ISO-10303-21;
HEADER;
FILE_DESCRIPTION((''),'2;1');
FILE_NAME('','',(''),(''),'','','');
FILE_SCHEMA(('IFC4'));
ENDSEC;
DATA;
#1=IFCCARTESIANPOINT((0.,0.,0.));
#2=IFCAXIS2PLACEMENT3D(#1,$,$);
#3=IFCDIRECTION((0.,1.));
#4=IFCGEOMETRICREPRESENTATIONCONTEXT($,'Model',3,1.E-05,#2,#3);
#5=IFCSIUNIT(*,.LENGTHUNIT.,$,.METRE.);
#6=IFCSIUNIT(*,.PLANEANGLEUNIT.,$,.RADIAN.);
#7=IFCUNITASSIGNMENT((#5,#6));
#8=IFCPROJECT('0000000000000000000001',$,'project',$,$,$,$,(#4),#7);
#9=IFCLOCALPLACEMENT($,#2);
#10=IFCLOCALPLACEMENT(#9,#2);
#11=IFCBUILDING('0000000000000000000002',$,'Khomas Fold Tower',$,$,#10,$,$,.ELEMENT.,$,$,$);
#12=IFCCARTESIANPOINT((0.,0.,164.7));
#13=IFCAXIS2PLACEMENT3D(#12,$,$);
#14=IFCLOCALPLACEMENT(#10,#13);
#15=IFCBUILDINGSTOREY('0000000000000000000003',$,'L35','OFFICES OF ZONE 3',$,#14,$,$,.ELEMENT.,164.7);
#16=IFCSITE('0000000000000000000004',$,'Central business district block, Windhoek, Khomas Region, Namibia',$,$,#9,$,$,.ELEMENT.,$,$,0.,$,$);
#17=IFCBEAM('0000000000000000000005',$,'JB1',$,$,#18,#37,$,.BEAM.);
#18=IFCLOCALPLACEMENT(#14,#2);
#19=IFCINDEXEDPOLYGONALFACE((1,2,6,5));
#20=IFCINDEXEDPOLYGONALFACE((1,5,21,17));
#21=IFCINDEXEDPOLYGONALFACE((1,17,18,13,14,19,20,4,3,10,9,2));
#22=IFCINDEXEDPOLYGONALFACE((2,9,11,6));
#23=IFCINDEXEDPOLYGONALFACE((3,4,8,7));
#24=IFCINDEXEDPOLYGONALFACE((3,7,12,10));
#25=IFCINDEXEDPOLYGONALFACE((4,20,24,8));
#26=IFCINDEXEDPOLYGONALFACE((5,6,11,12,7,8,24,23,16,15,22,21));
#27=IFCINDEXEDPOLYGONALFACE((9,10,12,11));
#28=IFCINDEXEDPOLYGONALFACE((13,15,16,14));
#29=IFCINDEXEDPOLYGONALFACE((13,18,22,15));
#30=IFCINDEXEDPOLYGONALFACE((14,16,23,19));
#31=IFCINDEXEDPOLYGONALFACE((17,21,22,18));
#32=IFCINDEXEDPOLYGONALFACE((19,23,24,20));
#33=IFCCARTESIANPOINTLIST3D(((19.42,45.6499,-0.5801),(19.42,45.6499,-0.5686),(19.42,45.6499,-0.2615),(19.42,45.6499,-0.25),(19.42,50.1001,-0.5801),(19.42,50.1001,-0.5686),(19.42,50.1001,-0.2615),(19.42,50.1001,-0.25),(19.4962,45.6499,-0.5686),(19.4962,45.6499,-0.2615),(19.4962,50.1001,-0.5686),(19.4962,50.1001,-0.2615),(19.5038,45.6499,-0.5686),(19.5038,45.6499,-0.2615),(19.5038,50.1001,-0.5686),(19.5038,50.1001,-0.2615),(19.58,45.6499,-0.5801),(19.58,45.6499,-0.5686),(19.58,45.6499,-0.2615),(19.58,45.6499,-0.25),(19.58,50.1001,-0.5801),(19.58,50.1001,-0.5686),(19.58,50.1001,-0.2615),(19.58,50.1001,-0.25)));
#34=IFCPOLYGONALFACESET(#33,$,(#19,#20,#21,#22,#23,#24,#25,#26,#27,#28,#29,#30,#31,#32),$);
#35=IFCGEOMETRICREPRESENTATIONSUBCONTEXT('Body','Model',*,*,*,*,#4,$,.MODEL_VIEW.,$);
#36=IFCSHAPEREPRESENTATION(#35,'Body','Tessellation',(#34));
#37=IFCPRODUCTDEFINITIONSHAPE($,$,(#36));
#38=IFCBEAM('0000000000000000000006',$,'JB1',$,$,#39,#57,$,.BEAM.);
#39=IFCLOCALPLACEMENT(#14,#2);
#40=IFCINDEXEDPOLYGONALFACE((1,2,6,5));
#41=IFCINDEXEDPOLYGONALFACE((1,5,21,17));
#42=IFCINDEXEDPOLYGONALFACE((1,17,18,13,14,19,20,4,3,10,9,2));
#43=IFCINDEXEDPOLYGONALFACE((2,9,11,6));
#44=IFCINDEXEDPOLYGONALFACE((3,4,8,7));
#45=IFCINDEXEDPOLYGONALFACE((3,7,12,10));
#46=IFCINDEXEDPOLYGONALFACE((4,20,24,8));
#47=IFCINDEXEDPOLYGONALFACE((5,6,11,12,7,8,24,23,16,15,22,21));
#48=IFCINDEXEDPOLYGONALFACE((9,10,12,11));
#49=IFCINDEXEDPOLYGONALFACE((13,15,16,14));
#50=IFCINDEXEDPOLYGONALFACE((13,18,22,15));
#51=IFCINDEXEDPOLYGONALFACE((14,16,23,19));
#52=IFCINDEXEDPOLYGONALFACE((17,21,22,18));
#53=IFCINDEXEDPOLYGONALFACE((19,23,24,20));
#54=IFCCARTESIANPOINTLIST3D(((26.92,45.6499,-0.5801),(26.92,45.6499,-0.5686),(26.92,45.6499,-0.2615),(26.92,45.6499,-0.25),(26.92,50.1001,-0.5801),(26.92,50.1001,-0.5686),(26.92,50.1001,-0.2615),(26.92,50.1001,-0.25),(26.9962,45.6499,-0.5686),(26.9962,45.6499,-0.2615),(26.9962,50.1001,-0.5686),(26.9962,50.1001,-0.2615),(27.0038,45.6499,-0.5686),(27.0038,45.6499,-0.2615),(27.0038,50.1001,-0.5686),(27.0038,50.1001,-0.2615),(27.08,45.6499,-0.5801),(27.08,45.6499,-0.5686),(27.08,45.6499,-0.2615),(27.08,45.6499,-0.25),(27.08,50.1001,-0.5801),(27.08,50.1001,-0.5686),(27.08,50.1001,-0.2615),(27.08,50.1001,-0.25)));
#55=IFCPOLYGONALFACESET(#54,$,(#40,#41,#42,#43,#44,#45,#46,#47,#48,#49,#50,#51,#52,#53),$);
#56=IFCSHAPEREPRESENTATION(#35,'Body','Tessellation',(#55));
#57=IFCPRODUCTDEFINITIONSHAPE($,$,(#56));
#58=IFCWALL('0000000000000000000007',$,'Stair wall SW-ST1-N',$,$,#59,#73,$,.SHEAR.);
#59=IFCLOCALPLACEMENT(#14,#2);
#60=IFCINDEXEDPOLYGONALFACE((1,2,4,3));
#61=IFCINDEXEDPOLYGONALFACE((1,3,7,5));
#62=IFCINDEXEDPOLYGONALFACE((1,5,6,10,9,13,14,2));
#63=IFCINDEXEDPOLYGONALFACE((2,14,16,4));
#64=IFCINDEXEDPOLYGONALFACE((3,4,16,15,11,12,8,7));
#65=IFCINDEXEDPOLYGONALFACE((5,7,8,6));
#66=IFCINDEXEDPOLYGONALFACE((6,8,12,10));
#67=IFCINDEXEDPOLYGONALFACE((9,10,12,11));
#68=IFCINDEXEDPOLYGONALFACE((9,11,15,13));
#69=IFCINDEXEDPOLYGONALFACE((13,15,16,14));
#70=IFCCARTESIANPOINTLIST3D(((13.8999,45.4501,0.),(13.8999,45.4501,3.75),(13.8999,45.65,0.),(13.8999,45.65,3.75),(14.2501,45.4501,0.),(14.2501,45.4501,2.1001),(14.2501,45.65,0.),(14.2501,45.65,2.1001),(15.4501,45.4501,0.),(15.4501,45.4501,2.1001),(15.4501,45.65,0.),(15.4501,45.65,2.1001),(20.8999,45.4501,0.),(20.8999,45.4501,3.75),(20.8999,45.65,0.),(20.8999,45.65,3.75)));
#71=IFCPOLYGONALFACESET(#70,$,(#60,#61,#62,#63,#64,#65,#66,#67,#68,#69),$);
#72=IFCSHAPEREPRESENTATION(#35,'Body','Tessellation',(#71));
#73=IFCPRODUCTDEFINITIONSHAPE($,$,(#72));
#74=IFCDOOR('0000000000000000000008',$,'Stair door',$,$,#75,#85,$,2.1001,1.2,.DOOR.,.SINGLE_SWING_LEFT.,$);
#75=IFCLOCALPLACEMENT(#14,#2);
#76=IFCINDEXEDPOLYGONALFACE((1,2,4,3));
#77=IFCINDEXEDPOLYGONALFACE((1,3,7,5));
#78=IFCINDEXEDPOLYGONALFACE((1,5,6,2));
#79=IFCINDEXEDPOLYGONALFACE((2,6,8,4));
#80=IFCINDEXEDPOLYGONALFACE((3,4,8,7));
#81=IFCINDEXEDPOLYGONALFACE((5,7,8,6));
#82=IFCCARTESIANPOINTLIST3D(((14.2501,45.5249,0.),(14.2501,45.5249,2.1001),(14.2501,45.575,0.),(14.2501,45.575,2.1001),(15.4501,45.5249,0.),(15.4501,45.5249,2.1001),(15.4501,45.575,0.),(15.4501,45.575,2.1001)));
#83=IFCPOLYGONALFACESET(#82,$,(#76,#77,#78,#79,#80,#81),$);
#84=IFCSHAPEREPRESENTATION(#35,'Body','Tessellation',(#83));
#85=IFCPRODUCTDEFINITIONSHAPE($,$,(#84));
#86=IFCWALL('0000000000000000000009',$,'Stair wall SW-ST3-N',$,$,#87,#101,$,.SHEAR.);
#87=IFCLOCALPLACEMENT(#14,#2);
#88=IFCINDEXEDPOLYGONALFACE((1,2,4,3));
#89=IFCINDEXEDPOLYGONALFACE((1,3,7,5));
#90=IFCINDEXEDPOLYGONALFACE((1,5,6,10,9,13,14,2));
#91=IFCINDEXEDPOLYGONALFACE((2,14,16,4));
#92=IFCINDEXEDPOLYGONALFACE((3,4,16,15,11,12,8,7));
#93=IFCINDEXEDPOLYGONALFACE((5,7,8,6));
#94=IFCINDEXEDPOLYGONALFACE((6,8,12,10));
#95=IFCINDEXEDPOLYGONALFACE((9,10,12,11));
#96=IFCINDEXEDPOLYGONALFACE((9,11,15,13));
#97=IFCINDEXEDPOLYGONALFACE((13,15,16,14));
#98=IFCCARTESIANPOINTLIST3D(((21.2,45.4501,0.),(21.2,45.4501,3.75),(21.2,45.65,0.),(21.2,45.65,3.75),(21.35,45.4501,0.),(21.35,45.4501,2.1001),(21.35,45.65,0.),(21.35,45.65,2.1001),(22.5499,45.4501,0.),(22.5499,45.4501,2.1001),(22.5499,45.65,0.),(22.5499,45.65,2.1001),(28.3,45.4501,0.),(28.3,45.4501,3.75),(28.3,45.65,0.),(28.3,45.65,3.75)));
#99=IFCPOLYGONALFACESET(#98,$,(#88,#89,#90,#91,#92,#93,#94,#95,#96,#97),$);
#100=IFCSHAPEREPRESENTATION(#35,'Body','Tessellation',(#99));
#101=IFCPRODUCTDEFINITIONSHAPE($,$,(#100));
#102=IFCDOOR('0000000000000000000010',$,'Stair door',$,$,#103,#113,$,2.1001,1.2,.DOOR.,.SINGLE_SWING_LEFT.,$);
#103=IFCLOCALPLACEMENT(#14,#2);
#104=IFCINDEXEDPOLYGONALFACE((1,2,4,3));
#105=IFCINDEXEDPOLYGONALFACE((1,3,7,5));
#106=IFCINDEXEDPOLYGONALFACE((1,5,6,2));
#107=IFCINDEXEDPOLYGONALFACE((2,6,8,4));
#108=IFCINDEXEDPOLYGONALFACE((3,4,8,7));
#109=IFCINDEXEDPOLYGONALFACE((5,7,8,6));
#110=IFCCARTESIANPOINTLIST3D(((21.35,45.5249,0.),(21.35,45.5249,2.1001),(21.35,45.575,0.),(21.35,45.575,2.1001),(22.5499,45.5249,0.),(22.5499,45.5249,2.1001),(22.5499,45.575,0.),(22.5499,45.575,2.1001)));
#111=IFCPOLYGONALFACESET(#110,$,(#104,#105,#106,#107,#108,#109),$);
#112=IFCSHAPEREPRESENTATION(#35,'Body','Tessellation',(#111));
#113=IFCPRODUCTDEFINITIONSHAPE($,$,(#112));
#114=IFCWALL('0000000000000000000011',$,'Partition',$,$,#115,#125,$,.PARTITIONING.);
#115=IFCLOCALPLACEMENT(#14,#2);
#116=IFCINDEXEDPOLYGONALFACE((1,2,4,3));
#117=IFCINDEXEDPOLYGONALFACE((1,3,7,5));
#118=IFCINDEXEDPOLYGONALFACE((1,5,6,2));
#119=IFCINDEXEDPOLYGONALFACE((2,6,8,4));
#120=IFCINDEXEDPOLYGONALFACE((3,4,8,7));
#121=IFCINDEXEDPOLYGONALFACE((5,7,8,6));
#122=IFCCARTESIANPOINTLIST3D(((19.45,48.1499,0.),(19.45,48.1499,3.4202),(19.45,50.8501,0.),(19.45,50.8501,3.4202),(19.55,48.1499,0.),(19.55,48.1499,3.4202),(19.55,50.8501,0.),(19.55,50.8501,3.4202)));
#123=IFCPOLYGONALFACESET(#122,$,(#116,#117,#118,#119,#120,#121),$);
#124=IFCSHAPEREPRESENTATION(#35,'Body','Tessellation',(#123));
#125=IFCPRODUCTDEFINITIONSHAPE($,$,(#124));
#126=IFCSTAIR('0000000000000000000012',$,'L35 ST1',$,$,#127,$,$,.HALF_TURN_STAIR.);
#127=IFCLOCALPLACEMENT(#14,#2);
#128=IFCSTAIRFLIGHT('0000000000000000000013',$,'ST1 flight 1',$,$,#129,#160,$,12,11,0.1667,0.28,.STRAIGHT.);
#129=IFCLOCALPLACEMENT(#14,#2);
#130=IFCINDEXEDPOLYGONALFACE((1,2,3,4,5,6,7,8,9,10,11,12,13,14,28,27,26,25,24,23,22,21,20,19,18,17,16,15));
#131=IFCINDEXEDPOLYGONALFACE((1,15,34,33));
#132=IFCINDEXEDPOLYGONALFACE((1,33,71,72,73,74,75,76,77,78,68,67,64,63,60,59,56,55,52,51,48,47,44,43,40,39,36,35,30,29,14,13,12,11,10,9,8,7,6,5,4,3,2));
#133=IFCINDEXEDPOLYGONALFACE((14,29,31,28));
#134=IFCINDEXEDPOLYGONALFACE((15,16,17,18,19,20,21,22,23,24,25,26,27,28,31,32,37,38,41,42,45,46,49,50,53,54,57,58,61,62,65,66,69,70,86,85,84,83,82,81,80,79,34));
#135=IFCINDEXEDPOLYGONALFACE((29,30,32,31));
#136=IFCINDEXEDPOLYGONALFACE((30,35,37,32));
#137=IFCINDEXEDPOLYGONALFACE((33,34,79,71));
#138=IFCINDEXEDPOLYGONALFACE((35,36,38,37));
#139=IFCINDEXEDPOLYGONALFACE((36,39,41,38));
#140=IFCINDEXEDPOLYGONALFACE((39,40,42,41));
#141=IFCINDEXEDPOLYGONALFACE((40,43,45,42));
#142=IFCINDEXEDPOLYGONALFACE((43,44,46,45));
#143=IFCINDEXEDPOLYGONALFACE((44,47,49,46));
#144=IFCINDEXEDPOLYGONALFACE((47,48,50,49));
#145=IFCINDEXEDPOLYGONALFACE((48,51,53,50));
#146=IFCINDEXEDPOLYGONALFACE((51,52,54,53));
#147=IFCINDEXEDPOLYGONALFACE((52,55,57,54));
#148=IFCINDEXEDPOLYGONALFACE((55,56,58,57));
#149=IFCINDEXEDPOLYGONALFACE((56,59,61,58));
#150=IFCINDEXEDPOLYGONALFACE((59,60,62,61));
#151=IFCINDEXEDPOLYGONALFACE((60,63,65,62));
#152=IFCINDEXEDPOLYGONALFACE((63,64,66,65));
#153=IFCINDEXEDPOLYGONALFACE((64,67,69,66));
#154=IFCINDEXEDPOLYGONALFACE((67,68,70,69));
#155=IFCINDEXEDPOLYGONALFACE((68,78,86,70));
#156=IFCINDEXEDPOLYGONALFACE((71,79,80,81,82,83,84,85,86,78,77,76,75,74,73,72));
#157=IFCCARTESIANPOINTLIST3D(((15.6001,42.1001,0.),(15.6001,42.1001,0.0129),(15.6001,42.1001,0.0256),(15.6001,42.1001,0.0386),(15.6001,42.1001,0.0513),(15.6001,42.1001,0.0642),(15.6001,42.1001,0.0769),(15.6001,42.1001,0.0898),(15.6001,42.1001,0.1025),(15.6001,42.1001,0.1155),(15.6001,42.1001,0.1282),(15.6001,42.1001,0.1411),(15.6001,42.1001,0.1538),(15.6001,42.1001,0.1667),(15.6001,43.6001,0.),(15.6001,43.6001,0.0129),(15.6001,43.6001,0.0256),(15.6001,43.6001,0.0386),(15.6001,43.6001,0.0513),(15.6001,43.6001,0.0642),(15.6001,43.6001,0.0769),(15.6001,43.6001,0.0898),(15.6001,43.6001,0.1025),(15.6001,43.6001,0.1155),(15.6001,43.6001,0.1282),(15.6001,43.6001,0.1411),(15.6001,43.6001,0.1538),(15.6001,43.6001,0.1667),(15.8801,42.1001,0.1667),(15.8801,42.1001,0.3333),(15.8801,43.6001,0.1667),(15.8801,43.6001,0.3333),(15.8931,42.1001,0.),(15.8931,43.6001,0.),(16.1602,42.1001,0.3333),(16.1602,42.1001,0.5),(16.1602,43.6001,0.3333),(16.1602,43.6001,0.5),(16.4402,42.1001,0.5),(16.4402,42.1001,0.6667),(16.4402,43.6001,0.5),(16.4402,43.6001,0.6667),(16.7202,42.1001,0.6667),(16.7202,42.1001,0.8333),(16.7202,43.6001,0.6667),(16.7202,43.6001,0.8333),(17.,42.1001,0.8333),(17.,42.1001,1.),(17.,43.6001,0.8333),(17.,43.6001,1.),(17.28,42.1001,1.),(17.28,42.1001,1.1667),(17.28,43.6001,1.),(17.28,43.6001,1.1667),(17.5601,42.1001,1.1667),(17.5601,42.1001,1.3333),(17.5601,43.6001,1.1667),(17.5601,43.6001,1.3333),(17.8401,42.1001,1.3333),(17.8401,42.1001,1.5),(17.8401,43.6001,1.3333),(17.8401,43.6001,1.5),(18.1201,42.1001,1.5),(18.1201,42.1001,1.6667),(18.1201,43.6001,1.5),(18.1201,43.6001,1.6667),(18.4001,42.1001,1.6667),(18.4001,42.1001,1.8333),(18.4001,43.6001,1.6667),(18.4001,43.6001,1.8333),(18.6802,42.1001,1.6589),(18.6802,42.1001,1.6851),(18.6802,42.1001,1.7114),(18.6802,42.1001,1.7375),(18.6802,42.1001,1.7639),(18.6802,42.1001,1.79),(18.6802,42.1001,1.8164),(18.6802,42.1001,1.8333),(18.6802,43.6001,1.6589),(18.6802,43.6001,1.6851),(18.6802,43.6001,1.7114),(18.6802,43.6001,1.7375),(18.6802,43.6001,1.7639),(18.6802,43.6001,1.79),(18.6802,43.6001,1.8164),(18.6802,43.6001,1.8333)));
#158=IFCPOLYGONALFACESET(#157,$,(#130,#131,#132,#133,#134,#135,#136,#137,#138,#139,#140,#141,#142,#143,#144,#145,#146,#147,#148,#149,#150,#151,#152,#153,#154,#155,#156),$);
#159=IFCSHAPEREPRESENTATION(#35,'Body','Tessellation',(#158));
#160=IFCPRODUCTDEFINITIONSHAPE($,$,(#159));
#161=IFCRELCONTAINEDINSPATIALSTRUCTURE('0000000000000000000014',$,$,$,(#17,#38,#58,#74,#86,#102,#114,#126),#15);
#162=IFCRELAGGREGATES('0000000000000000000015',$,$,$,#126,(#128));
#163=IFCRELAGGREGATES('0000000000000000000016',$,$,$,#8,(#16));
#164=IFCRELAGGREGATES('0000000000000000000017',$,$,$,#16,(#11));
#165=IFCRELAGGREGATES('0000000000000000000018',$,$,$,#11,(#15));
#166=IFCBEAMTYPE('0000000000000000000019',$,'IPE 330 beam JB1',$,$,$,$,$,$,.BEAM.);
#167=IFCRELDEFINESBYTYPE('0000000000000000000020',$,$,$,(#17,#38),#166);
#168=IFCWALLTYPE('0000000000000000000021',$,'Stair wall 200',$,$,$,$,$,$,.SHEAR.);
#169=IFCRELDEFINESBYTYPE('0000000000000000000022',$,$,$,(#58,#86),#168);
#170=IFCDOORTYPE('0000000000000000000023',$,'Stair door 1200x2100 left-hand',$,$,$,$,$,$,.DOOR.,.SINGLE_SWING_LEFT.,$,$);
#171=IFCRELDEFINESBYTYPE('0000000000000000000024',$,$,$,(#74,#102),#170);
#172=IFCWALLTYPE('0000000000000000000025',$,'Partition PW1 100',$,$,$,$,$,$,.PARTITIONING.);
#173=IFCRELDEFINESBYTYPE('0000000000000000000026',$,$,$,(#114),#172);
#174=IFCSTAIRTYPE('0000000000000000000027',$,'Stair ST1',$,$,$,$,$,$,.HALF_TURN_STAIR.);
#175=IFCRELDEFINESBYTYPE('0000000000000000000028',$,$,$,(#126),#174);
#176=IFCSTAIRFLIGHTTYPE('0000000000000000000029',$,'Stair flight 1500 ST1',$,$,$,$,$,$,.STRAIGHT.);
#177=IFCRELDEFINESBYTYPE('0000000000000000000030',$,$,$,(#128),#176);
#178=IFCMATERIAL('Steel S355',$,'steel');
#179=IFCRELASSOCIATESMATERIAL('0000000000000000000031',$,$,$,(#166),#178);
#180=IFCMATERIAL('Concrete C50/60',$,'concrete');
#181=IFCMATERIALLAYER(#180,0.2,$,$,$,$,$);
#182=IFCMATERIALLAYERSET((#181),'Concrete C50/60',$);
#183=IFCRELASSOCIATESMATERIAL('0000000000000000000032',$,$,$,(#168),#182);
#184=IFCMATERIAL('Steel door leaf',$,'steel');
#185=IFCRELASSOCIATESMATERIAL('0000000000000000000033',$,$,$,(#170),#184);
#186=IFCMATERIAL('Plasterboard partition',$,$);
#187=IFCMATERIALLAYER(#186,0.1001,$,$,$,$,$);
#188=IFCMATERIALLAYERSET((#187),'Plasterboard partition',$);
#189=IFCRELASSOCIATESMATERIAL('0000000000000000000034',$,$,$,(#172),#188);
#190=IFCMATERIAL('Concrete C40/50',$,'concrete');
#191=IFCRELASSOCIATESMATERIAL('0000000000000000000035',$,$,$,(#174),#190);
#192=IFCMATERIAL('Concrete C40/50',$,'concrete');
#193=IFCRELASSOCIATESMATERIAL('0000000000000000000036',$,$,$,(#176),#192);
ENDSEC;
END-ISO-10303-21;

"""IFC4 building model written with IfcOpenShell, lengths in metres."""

from ifc_helpers import new_model, si_unit, direction, frame, frame_2d, origin, origin_2d, place, context, subcontext, project, spatial, polyline, rectangle, i_section, outline, extrude, source, transform, mapped, material, layer, layer_set, material_profile, profile_set, type_object, element, fill, aggregate, save


model = new_model("IFC4")

# Units and contexts
model_context = context("Model", 3, precision=1e-05, world=origin(), true_north=direction((0.0, 1.0)))
body_context = subcontext(model_context, "Body", "Model", "MODEL_VIEW")
ifc_project = project(units=[si_unit("LENGTHUNIT", "METRE"), si_unit("PLANEANGLEUNIT", "RADIAN")], contexts=[model_context])

# Site, building, storey
site_placement = place(None, origin())
site = spatial("IfcSite", under=ifc_project, at=site_placement, Name="Central business district block, Windhoek, Khomas Region, Namibia", CompositionType="ELEMENT", RefElevation=0.0)
building_placement = place(site_placement, origin())
building = spatial("IfcBuilding", under=site, at=building_placement, Name="Khomas Fold Tower", CompositionType="ELEMENT")
storey_placement = place(building_placement, frame((0.0, 0.0, 164.7)))
storey = spatial("IfcBuildingStorey", under=building, at=storey_placement, Name="L35", Description="OFFICES OF ZONE 3", CompositionType="ELEMENT", Elevation=164.7)

# Beams
ifc_material_1 = material(Name="Steel S355", Category="steel")
ifc_material_profile = material_profile(ifc_material_1, i_section(OverallWidth=0.1599, OverallDepth=0.3301, WebThickness=0.0076, FlangeThickness=0.0115, at=origin_2d()), Name="IPE 330")
ifc_profile_set = profile_set([ifc_material_profile], Name="Steel S355")
beam_type = type_object("IfcBeamType", Name="IPE 330 beam JB1", PredefinedType="BEAM", material=ifc_profile_set)
shared_shape_1 = source(origin(), body_context, "Body", "SweptSolid", [
    extrude(i_section(OverallWidth=0.1599, OverallDepth=0.3301, WebThickness=0.0076, FlangeThickness=0.0115, at=origin_2d()), origin(), (0.0, 0.0, 1.0), 4.4502),
])
for number, where, z_axis, x_axis, name in (
    (1, (19.5, 45.6499, -0.415), (0.0, 1.0, 0.0), (-1.0, 0.0, 0.0), "JB1"),
    (2, (27.0, 45.6499, -0.415), (0.0, 1.0, 0.0), (-1.0, 0.0, 0.0), "JB1"),
):
    element("IfcBeam", number, at=place(storey_placement, frame(where, z_axis=z_axis, x_axis=x_axis)), inside=storey, type_object=beam_type, Name=name, PredefinedType="BEAM", context=body_context, shape_type="MappedRepresentation", body=[
        mapped(shared_shape_1, transform((0.0, 0.0, 0.0))),
    ])

# Walls, openings, doors
ifc_material_2 = material(Name="Concrete C50/60", Category="concrete")
ifc_layer_1 = layer(ifc_material_2, 0.2)
ifc_layer_set_1 = layer_set([ifc_layer_1], Name="Concrete C50/60")
wall_type_1 = type_object("IfcWallType", Name="Stair wall 200", PredefinedType="SHEAR", material=ifc_layer_set_1)
shared_shape_2 = source(origin(), body_context, "Body", "SweptSolid", [
    extrude(rectangle(XDim=7.0, YDim=0.2, at=frame_2d((3.5, 0.0))), origin(), (0.0, 0.0, 1.0), 3.75),
])
wall_1_placement = place(storey_placement, frame((13.8999, 45.55, 0.0), z_axis=(0.0, 0.0, 1.0), x_axis=(1.0, 0.0, 0.0)))
wall_1 = element("IfcWall", 3, at=wall_1_placement, inside=storey, type_object=wall_type_1, Name="Stair wall SW-ST1-N", PredefinedType="SHEAR", context=body_context, shape_type="MappedRepresentation", body=[
    mapped(shared_shape_2, transform((0.0, 0.0, 0.0))),
])
shared_shape_3 = source(origin(), body_context, "Body", "SweptSolid", [
    extrude(rectangle(XDim=1.2, YDim=2.1001, at=frame_2d((0.6001, 1.05))), frame((0.0, 0.1099, 0.0), z_axis=(0.0, -1.0, 0.0), x_axis=(1.0, 0.0, 0.0)), (0.0, 0.0, 1.0), 0.22),
])
opening_1_placement = place(wall_1_placement, frame((0.3501, 0.0, 0.0)))
opening_1 = element("IfcOpeningElement", 4, at=opening_1_placement, cuts=wall_1, PredefinedType="OPENING", context=body_context, shape_type="MappedRepresentation", body=[
    mapped(shared_shape_3, transform((0.0, 0.0, 0.0))),
])
ifc_material_3 = material(Name="Steel door leaf", Category="steel")
door_type = type_object("IfcDoorType", Name="Stair door 1200x2100 left-hand", OperationType="SINGLE_SWING_LEFT", PredefinedType="DOOR", material=ifc_material_3)
shared_shape_4 = source(origin(), body_context, "Body", "SweptSolid", [
    extrude(rectangle(XDim=1.2, YDim=2.1001, at=frame_2d((0.6001, 1.05))), frame((0.0, 0.0249, 0.0), z_axis=(0.0, -1.0, 0.0), x_axis=(1.0, 0.0, 0.0)), (0.0, 0.0, 1.0), 0.05),
])
door_1_placement = place(opening_1_placement, origin())
door_1 = element("IfcDoor", 5, at=door_1_placement, inside=storey, type_object=door_type, Name="Stair door", OperationType="SINGLE_SWING_LEFT", OverallHeight=2.1001, OverallWidth=1.2, PredefinedType="DOOR", context=body_context, shape_type="MappedRepresentation", body=[
    mapped(shared_shape_4, transform((0.0, 0.0, 0.0))),
])
fill(opening_1, door_1)
shared_shape_5 = source(origin(), body_context, "Body", "SweptSolid", [
    extrude(rectangle(XDim=7.1001, YDim=0.2, at=frame_2d((3.55, 0.0))), origin(), (0.0, 0.0, 1.0), 3.75),
])
wall_2_placement = place(storey_placement, frame((21.2, 45.55, 0.0), z_axis=(0.0, 0.0, 1.0), x_axis=(1.0, 0.0, 0.0)))
wall_2 = element("IfcWall", 6, at=wall_2_placement, inside=storey, type_object=wall_type_1, Name="Stair wall SW-ST3-N", PredefinedType="SHEAR", context=body_context, shape_type="MappedRepresentation", body=[
    mapped(shared_shape_5, transform((0.0, 0.0, 0.0))),
])
opening_2_placement = place(wall_2_placement, frame((0.1499, 0.0, 0.0)))
opening_2 = element("IfcOpeningElement", 7, at=opening_2_placement, cuts=wall_2, PredefinedType="OPENING", context=body_context, shape_type="MappedRepresentation", body=[
    mapped(shared_shape_3, transform((0.0, 0.0, 0.0))),
])
door_2_placement = place(opening_2_placement, origin())
door_2 = element("IfcDoor", 8, at=door_2_placement, inside=storey, type_object=door_type, Name="Stair door", OperationType="SINGLE_SWING_LEFT", OverallHeight=2.1001, OverallWidth=1.2, PredefinedType="DOOR", context=body_context, shape_type="MappedRepresentation", body=[
    mapped(shared_shape_4, transform((0.0, 0.0, 0.0))),
])
fill(opening_2, door_2)

# Wall
ifc_material_4 = material(Name="Plasterboard partition")
ifc_layer_2 = layer(ifc_material_4, 0.1001)
ifc_layer_set_2 = layer_set([ifc_layer_2], Name="Plasterboard partition")
wall_type_2 = type_object("IfcWallType", Name="Partition PW1 100", PredefinedType="PARTITIONING", material=ifc_layer_set_2)
shared_shape_6 = source(origin(), body_context, "Body", "SweptSolid", [
    extrude(rectangle(XDim=2.7002, YDim=0.1001, at=frame_2d((1.3501, 0.0))), origin(), (0.0, 0.0, 1.0), 3.4202),
])
wall_3_placement = place(storey_placement, frame((19.5, 48.1499, 0.0), z_axis=(0.0, 0.0, 1.0), x_axis=(0.0, 1.0, 0.0)))
element("IfcWall", 9, at=wall_3_placement, inside=storey, type_object=wall_type_2, Name="Partition", PredefinedType="PARTITIONING", context=body_context, shape_type="MappedRepresentation", body=[
    mapped(shared_shape_6, transform((0.0, 0.0, 0.0))),
])

# Stair, stair flight
ifc_material_5 = material(Name="Concrete C40/50", Category="concrete")
stair_type_1 = type_object("IfcStairType", Name="Stair ST1", PredefinedType="HALF_TURN_STAIR", material=ifc_material_5)
stair_1_placement = place(storey_placement, origin())
stair_1 = element("IfcStair", 10, at=stair_1_placement, inside=storey, type_object=stair_type_1, Name="L35 ST1", PredefinedType="HALF_TURN_STAIR")
ifc_material_6 = material(Name="Concrete C40/50", Category="concrete")
stair_flight_type_1 = type_object("IfcStairFlightType", Name="Stair flight 1500 ST1", PredefinedType="STRAIGHT", material=ifc_material_6)
shared_shape_7 = source(origin(), body_context, "Body", "SweptSolid", [
    extrude(outline(polyline([(0.0, 0.0), (0.0, 0.0129), (0.0, 0.0256), (0.0, 0.0386), (0.0, 0.0513), (0.0, 0.0642), (0.0, 0.0769), (0.0, 0.0898), (0.0, 0.1025), (0.0, 0.1155), (0.0, 0.1282), (0.0, 0.1411), (0.0, 0.1538), (0.0, 0.1667), (0.28, 0.1667), (0.28, 0.3333), (0.5601, 0.3333), (0.5601, 0.5), (0.8401, 0.5), (0.8401, 0.6667), (1.1201, 0.6667), (1.1201, 0.8333), (1.3999, 0.8333), (1.3999, 1.0), (1.6799, 1.0), (1.6799, 1.1667), (1.96, 1.1667), (1.96, 1.3333), (2.24, 1.3333), (2.24, 1.5), (2.52, 1.5), (2.52, 1.6667), (2.8, 1.6667), (2.8, 1.8333), (3.0801, 1.8333), (3.0801, 2.0), (3.0801, 1.9739), (3.0801, 1.9475), (3.0801, 1.9214), (3.0801, 1.895), (3.0801, 1.8689), (3.0801, 1.8425), (3.0801, 1.8164), (3.0801, 1.79), (3.0801, 1.7639), (3.0801, 1.7375), (3.0801, 1.7114), (3.0801, 1.6851), (3.0801, 1.6589), (0.293, 0.0), (0.0, 0.0)])), frame((0.0, 0.75, 0.0), z_axis=(0.0, -1.0, 0.0), x_axis=(1.0, 0.0, 0.0)), (0.0, 0.0, 1.0), 1.5),
])
stair_flight_1_placement = place(storey_placement, frame((15.6001, 42.8501, 0.0), z_axis=(0.0, 0.0, 1.0), x_axis=(1.0, 0.0, 0.0)))
stair_flight_1 = element("IfcStairFlight", 11, at=stair_flight_1_placement, type_object=stair_flight_type_1, Name="ST1 flight 1", NumberOfRisers=12, NumberOfTreads=11, PredefinedType="STRAIGHT", RiserHeight=0.1667, TreadLength=0.28, context=body_context, shape_type="MappedRepresentation", body=[
    mapped(shared_shape_7, transform((0.0, 0.0, 0.0))),
])
aggregate(stair_1, [stair_flight_1])

save(model, "model.ifc")
